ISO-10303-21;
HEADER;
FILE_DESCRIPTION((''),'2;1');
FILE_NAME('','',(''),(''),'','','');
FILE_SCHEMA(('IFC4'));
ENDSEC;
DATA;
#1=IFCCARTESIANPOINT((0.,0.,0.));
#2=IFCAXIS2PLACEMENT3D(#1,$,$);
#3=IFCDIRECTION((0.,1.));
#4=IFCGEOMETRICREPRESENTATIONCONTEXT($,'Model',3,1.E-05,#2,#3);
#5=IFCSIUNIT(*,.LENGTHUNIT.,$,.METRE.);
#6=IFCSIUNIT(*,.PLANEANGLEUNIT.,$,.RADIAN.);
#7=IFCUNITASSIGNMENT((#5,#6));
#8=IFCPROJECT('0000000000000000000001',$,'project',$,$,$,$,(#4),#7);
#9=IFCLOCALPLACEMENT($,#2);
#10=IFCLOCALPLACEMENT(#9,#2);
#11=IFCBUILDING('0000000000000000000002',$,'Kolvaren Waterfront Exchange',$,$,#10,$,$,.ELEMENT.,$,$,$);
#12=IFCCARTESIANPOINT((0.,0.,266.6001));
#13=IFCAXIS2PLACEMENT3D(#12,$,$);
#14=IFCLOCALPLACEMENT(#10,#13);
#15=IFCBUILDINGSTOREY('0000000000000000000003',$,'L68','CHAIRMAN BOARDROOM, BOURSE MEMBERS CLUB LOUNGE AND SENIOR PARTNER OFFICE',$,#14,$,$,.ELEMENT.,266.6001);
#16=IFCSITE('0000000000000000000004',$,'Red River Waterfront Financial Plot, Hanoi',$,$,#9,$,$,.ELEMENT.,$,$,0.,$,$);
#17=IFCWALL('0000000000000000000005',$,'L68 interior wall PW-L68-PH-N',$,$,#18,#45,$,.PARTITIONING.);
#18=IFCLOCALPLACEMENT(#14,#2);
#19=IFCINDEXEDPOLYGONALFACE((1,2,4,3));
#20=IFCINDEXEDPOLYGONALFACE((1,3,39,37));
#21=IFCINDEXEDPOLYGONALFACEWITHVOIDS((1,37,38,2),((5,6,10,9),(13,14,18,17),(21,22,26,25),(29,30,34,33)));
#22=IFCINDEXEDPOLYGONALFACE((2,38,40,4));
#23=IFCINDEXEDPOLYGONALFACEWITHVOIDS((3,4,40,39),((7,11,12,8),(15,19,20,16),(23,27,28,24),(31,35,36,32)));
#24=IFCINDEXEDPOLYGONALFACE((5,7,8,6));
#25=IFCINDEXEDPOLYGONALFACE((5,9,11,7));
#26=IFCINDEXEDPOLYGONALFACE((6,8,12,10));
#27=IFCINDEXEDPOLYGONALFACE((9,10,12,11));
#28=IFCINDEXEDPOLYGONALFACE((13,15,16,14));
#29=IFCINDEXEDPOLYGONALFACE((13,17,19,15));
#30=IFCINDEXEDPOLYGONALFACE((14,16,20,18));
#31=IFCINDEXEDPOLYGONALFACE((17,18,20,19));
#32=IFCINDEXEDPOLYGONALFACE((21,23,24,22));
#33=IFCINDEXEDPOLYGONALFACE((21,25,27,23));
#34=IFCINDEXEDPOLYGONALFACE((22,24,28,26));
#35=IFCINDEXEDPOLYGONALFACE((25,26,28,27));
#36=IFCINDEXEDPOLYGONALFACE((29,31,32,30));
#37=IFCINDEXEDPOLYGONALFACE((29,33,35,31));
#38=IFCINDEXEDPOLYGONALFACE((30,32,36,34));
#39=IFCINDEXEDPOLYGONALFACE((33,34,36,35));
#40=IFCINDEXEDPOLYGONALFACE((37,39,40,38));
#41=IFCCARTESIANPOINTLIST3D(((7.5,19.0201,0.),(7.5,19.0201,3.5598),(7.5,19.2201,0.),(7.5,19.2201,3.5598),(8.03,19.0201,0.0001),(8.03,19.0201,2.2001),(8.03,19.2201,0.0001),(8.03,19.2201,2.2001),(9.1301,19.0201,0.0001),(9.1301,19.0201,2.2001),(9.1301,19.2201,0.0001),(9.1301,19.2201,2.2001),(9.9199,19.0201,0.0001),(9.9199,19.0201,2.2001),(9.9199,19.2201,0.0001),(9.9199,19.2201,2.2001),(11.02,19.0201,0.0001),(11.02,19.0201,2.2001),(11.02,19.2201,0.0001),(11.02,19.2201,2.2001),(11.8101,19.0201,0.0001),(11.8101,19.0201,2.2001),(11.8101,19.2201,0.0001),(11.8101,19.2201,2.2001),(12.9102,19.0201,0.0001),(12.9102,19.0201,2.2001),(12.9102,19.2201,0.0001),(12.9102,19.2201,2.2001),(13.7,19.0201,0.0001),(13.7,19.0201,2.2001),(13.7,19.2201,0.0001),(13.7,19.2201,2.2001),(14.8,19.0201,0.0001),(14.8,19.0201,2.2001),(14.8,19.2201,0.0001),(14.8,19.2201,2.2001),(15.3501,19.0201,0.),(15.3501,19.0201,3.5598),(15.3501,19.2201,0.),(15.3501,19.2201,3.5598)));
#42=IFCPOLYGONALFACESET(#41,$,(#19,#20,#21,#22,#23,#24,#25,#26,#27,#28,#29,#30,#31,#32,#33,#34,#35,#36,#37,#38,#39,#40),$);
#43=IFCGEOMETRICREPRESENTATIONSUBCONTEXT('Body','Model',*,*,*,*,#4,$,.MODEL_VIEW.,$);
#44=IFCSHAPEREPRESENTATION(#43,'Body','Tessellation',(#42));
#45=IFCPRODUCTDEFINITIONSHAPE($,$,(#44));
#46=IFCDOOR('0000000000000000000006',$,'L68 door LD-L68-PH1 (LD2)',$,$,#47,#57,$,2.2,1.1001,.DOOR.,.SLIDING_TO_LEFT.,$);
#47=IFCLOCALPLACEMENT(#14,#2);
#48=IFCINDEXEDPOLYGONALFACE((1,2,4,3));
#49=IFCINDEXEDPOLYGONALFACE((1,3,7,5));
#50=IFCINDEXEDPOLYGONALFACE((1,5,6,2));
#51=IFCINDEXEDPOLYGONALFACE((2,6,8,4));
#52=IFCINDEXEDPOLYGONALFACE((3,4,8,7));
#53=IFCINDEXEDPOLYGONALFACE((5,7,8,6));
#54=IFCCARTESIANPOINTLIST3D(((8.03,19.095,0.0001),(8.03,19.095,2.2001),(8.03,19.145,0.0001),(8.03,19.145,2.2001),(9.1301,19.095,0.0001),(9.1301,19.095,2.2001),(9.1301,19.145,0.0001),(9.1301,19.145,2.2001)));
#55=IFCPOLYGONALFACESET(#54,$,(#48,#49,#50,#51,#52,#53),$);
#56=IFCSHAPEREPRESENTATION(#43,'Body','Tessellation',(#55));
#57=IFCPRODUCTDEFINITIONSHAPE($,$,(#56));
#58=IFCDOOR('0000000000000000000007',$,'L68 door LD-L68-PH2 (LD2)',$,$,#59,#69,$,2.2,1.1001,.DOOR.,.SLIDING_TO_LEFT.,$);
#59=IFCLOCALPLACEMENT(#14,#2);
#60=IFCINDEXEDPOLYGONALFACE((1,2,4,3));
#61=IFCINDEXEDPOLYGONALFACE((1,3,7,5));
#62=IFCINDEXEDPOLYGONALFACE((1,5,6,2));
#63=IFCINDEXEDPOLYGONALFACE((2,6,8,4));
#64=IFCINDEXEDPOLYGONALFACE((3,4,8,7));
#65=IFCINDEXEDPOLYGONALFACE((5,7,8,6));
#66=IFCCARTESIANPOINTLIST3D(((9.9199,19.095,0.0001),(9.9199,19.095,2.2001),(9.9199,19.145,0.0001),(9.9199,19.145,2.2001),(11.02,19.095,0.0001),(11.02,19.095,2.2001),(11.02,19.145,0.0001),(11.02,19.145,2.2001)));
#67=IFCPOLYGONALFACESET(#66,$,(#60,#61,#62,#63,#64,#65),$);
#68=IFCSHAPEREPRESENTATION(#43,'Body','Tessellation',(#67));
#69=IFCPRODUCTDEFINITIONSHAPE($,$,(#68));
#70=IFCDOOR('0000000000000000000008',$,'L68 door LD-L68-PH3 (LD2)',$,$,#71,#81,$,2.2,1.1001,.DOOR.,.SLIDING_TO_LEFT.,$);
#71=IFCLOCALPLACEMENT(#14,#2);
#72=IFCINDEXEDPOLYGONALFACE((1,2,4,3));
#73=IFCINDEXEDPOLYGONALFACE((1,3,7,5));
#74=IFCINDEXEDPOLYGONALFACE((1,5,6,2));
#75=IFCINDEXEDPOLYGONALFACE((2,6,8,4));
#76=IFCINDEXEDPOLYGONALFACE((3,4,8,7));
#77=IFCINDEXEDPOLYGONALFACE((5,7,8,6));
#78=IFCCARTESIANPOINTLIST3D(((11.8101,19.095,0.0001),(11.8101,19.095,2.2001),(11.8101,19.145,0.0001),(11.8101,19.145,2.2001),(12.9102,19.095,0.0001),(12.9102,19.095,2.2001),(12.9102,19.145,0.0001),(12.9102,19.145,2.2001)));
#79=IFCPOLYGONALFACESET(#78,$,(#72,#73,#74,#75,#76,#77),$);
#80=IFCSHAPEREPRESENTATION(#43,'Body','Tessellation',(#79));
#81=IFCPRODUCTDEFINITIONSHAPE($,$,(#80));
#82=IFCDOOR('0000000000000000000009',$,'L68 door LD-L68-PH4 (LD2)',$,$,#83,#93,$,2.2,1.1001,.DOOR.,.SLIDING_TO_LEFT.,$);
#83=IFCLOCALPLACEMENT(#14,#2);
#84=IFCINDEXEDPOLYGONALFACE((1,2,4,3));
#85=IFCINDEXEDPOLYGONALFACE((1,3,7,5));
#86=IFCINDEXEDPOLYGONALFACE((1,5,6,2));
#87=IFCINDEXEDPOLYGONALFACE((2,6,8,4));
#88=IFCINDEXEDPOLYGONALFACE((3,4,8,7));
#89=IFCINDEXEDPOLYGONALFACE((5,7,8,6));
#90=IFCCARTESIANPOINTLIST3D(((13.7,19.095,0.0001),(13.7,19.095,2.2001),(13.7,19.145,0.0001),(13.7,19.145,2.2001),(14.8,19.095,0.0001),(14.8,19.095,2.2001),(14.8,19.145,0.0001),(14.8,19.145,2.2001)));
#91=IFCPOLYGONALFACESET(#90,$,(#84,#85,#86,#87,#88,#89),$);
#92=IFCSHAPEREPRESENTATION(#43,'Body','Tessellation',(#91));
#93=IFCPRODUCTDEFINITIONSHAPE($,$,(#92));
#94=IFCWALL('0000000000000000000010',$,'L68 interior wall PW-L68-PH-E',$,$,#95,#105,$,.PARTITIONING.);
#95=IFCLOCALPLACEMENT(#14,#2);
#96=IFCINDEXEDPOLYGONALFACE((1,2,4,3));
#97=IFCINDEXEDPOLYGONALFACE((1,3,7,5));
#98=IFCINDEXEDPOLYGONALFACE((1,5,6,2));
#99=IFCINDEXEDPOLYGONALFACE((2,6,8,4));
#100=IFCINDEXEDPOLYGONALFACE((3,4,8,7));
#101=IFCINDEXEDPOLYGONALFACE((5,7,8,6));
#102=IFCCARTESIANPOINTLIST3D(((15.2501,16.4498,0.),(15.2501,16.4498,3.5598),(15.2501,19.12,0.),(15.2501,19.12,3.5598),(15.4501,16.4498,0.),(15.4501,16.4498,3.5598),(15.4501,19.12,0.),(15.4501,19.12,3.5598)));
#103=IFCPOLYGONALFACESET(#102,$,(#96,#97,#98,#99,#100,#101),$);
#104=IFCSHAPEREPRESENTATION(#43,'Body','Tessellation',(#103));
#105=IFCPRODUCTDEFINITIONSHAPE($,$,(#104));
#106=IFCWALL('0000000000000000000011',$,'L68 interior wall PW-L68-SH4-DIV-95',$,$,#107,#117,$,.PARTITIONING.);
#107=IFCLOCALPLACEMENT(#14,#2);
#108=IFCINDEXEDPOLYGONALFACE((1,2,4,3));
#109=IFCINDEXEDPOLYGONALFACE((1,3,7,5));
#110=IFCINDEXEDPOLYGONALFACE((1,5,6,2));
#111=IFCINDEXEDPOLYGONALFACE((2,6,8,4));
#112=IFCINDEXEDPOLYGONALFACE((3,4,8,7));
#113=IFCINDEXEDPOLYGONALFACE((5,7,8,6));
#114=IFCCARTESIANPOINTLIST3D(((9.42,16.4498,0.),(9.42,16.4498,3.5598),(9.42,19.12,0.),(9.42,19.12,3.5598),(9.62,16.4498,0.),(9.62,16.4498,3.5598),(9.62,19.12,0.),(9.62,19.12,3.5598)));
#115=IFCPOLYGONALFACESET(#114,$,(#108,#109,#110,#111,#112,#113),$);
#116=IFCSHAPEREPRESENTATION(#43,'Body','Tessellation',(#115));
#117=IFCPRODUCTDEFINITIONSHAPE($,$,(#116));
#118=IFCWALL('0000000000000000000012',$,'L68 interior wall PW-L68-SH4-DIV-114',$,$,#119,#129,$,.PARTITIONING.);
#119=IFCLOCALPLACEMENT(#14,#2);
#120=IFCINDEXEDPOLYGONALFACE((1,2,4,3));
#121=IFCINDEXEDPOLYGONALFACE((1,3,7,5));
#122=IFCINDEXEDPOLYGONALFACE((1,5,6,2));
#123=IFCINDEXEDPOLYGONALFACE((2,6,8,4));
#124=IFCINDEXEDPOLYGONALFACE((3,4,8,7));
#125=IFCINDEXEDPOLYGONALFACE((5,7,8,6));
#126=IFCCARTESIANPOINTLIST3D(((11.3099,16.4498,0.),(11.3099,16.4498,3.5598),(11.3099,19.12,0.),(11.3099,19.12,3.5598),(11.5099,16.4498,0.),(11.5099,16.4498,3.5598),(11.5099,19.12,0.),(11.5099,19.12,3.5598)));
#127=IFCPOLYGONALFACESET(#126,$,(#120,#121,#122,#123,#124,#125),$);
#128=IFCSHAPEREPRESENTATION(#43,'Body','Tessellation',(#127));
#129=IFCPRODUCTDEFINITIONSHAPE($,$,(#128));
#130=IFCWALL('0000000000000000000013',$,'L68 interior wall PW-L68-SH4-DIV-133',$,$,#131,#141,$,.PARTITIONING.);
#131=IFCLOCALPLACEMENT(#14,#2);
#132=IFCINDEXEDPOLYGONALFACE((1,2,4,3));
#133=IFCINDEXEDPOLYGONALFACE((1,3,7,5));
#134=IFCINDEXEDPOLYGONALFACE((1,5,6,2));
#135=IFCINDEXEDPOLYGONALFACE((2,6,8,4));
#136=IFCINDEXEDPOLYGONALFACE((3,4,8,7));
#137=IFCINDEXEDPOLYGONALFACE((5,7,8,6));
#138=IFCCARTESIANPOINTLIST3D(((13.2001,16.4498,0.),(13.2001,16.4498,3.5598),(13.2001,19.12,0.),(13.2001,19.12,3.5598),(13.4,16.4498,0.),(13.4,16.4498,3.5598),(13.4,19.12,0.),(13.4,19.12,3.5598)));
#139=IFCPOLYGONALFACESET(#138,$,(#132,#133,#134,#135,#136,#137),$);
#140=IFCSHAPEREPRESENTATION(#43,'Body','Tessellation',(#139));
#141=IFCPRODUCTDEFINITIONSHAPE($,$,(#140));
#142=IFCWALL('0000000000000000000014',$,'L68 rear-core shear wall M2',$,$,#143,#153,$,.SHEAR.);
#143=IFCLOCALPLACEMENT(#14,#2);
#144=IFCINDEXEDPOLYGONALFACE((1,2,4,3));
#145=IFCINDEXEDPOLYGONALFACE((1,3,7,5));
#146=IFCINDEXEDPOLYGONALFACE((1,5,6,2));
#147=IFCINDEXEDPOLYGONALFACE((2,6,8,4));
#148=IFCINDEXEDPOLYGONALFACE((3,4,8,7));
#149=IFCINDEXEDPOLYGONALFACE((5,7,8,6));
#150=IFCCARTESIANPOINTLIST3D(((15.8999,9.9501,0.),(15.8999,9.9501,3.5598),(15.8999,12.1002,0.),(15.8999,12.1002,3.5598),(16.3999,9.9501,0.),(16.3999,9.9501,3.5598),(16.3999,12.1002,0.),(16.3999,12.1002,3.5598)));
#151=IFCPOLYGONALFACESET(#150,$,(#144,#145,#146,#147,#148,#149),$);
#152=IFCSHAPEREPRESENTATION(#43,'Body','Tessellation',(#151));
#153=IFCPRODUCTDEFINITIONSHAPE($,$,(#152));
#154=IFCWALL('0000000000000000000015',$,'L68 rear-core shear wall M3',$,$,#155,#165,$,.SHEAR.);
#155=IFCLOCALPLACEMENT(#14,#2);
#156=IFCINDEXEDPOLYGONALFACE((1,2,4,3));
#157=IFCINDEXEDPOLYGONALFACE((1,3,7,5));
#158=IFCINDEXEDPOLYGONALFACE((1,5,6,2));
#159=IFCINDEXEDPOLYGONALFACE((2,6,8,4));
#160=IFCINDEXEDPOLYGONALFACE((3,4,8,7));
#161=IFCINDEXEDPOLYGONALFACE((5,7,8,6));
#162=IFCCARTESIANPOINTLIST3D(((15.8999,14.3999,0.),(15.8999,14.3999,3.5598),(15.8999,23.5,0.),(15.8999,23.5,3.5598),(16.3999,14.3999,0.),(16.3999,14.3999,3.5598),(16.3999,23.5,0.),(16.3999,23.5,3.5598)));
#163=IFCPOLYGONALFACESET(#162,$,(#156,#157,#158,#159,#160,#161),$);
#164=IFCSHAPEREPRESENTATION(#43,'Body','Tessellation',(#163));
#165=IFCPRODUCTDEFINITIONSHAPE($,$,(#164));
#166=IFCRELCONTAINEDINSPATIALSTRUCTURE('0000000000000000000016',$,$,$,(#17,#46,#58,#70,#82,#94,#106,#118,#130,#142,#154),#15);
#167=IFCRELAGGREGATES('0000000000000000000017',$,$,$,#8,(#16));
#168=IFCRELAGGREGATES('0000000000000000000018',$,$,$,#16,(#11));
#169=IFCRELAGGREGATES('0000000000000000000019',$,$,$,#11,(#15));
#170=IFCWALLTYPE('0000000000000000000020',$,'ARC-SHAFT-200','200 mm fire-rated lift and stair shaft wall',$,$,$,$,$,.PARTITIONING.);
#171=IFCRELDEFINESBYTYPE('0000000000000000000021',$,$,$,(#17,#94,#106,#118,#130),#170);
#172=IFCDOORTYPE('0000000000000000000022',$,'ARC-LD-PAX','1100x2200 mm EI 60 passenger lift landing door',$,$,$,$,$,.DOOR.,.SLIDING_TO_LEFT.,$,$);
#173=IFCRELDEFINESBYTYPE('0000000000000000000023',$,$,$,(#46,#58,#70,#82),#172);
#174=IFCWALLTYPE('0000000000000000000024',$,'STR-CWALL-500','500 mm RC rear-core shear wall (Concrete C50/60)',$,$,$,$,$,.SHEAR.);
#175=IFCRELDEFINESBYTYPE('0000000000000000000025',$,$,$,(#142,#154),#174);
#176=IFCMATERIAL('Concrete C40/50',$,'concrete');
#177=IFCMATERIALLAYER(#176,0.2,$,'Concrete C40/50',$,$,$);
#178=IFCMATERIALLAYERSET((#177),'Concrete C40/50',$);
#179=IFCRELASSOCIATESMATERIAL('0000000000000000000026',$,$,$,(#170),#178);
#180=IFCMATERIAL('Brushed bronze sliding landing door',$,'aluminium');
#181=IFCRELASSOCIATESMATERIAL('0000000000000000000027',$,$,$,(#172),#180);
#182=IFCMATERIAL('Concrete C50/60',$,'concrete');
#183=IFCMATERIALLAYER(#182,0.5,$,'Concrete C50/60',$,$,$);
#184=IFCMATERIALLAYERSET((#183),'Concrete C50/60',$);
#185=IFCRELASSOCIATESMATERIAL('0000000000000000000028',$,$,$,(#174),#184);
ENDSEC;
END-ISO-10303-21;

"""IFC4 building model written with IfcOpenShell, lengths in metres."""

from ifc_helpers import new_model, si_unit, direction, frame, frame_2d, origin, place, context, subcontext, project, spatial, rectangle, extrude, material, layer, layer_set, type_object, element, fill, save


model = new_model("IFC4")

# Units and contexts
model_context = context("Model", 3, precision=1e-05, world=origin(), true_north=direction((0.0, 1.0)))
body_context = subcontext(model_context, "Body", "Model", "MODEL_VIEW")
ifc_project = project(units=[si_unit("LENGTHUNIT", "METRE"), si_unit("PLANEANGLEUNIT", "RADIAN")], contexts=[model_context])

# Site, building, storey
site_placement = place(None, origin())
site = spatial("IfcSite", under=ifc_project, at=site_placement, Name="Red River Waterfront Financial Plot, Hanoi", CompositionType="ELEMENT", RefElevation=0.0)
building_placement = place(site_placement, origin())
building = spatial("IfcBuilding", under=site, at=building_placement, Name="Kolvaren Waterfront Exchange", CompositionType="ELEMENT")
storey_placement = place(building_placement, frame((0.0, 0.0, 266.6001)))
storey = spatial("IfcBuildingStorey", under=building, at=storey_placement, Name="L68", Description="CHAIRMAN BOARDROOM, BOURSE MEMBERS CLUB LOUNGE AND SENIOR PARTNER OFFICE", CompositionType="ELEMENT", Elevation=266.6001)

# Shared definitions
ifc_material_1 = material(Name="Concrete C40/50", Category="concrete")
ifc_layer_1 = layer(ifc_material_1, 0.2, Name="Concrete C40/50")
ifc_layer_set_1 = layer_set([ifc_layer_1], Name="Concrete C40/50")
wall_type_1 = type_object("IfcWallType", Name="ARC-SHAFT-200", Description="200 mm fire-rated lift and stair shaft wall", PredefinedType="PARTITIONING", material=ifc_layer_set_1)

# Wall, openings, doors
wall_1_placement = place(storey_placement, frame((7.5, 19.1201, 0.0), z_axis=(0.0, 0.0, 1.0), x_axis=(1.0, 0.0, 0.0)))
wall_1 = element("IfcWall", 1, at=wall_1_placement, inside=storey, type_object=wall_type_1, Name="L68 interior wall PW-L68-PH-N", PredefinedType="PARTITIONING", context=body_context, shape_type="SweptSolid", body=[
    extrude(rectangle(XDim=7.8501, YDim=0.2, at=frame_2d((3.925, 0.0))), origin(), (0.0, 0.0, 1.0), 3.5598),
])
opening_1_placement = place(wall_1_placement, frame((0.53, 0.0, 0.0)))
opening_1 = element("IfcOpeningElement", 2, at=opening_1_placement, cuts=wall_1, PredefinedType="OPENING", context=body_context, shape_type="SweptSolid", body=[
    extrude(rectangle(XDim=1.1001, YDim=2.2, at=frame_2d((0.55, 1.1001))), frame((0.0, 0.1099, 0.0), z_axis=(0.0, -1.0, 0.0), x_axis=(1.0, 0.0, 0.0)), (0.0, 0.0, 1.0), 0.22),
])
opening_2_placement = place(wall_1_placement, frame((2.4199, 0.0, 0.0)))
opening_2 = element("IfcOpeningElement", 3, at=opening_2_placement, cuts=wall_1, PredefinedType="OPENING", context=body_context, shape_type="SweptSolid", body=[
    extrude(rectangle(XDim=1.1001, YDim=2.2, at=frame_2d((0.55, 1.1001))), frame((0.0, 0.1099, 0.0), z_axis=(0.0, -1.0, 0.0), x_axis=(1.0, 0.0, 0.0)), (0.0, 0.0, 1.0), 0.22),
])
opening_3_placement = place(wall_1_placement, frame((4.3101, 0.0, 0.0)))
opening_3 = element("IfcOpeningElement", 4, at=opening_3_placement, cuts=wall_1, PredefinedType="OPENING", context=body_context, shape_type="SweptSolid", body=[
    extrude(rectangle(XDim=1.1001, YDim=2.2, at=frame_2d((0.55, 1.1001))), frame((0.0, 0.1099, 0.0), z_axis=(0.0, -1.0, 0.0), x_axis=(1.0, 0.0, 0.0)), (0.0, 0.0, 1.0), 0.22),
])
opening_4_placement = place(wall_1_placement, frame((6.2, 0.0, 0.0)))
opening_4 = element("IfcOpeningElement", 5, at=opening_4_placement, cuts=wall_1, PredefinedType="OPENING", context=body_context, shape_type="SweptSolid", body=[
    extrude(rectangle(XDim=1.1001, YDim=2.2, at=frame_2d((0.55, 1.1001))), frame((0.0, 0.1099, 0.0), z_axis=(0.0, -1.0, 0.0), x_axis=(1.0, 0.0, 0.0)), (0.0, 0.0, 1.0), 0.22),
])
ifc_material_2 = material(Name="Brushed bronze sliding landing door", Category="aluminium")
door_type_1 = type_object("IfcDoorType", Name="ARC-LD-PAX", Description="1100x2200 mm EI 60 passenger lift landing door", OperationType="SLIDING_TO_LEFT", PredefinedType="DOOR", material=ifc_material_2)
door_1_placement = place(opening_1_placement, origin())
door_1 = element("IfcDoor", 6, at=door_1_placement, inside=storey, type_object=door_type_1, Name="L68 door LD-L68-PH1 (LD2)", OperationType="SLIDING_TO_LEFT", OverallHeight=2.2, OverallWidth=1.1001, PredefinedType="DOOR", context=body_context, shape_type="SweptSolid", body=[
    extrude(rectangle(XDim=1.1001, YDim=2.2, at=frame_2d((0.55, 1.1001))), frame((0.0, 0.0249, 0.0), z_axis=(0.0, -1.0, 0.0), x_axis=(1.0, 0.0, 0.0)), (0.0, 0.0, 1.0), 0.05),
])
fill(opening_1, door_1)
door_2_placement = place(opening_2_placement, origin())
door_2 = element("IfcDoor", 7, at=door_2_placement, inside=storey, type_object=door_type_1, Name="L68 door LD-L68-PH2 (LD2)", OperationType="SLIDING_TO_LEFT", OverallHeight=2.2, OverallWidth=1.1001, PredefinedType="DOOR", context=body_context, shape_type="SweptSolid", body=[
    extrude(rectangle(XDim=1.1001, YDim=2.2, at=frame_2d((0.55, 1.1001))), frame((0.0, 0.0249, 0.0), z_axis=(0.0, -1.0, 0.0), x_axis=(1.0, 0.0, 0.0)), (0.0, 0.0, 1.0), 0.05),
])
fill(opening_2, door_2)
door_3_placement = place(opening_3_placement, origin())
door_3 = element("IfcDoor", 8, at=door_3_placement, inside=storey, type_object=door_type_1, Name="L68 door LD-L68-PH3 (LD2)", OperationType="SLIDING_TO_LEFT", OverallHeight=2.2, OverallWidth=1.1001, PredefinedType="DOOR", context=body_context, shape_type="SweptSolid", body=[
    extrude(rectangle(XDim=1.1001, YDim=2.2, at=frame_2d((0.55, 1.1001))), frame((0.0, 0.0249, 0.0), z_axis=(0.0, -1.0, 0.0), x_axis=(1.0, 0.0, 0.0)), (0.0, 0.0, 1.0), 0.05),
])
fill(opening_3, door_3)
door_4_placement = place(opening_4_placement, origin())
door_4 = element("IfcDoor", 9, at=door_4_placement, inside=storey, type_object=door_type_1, Name="L68 door LD-L68-PH4 (LD2)", OperationType="SLIDING_TO_LEFT", OverallHeight=2.2, OverallWidth=1.1001, PredefinedType="DOOR", context=body_context, shape_type="SweptSolid", body=[
    extrude(rectangle(XDim=1.1001, YDim=2.2, at=frame_2d((0.55, 1.1001))), frame((0.0, 0.0249, 0.0), z_axis=(0.0, -1.0, 0.0), x_axis=(1.0, 0.0, 0.0)), (0.0, 0.0, 1.0), 0.05),
])
fill(opening_4, door_4)

# Walls
for number, where, z_axis, x_axis, name in (
    (10, (15.3501, 16.45, 0.0), (0.0, 0.0, 1.0), (0.0, 1.0, 0.0), "L68 interior wall PW-L68-PH-E"),
    (11, (9.52, 16.45, 0.0), (0.0, 0.0, 1.0), (0.0, 1.0, 0.0), "L68 interior wall PW-L68-SH4-DIV-95"),
    (12, (11.4099, 16.45, 0.0), (0.0, 0.0, 1.0), (0.0, 1.0, 0.0), "L68 interior wall PW-L68-SH4-DIV-114"),
    (13, (13.3, 16.45, 0.0), (0.0, 0.0, 1.0), (0.0, 1.0, 0.0), "L68 interior wall PW-L68-SH4-DIV-133"),
):
    element("IfcWall", number, at=place(storey_placement, frame(where, z_axis=z_axis, x_axis=x_axis)), inside=storey, type_object=wall_type_1, Name=name, PredefinedType="PARTITIONING", context=body_context, shape_type="SweptSolid", body=[
        extrude(rectangle(XDim=2.6702, YDim=0.2, at=frame_2d((1.335, 0.0))), origin(), (0.0, 0.0, 1.0), 3.5598),
    ])
ifc_material_3 = material(Name="Concrete C50/60", Category="concrete")
ifc_layer_2 = layer(ifc_material_3, 0.5, Name="Concrete C50/60")
ifc_layer_set_2 = layer_set([ifc_layer_2], Name="Concrete C50/60")
wall_type_2 = type_object("IfcWallType", Name="STR-CWALL-500", Description="500 mm RC rear-core shear wall (Concrete C50/60)", PredefinedType="SHEAR", material=ifc_layer_set_2)
wall_2_placement = place(storey_placement, frame((16.1499, 9.95, 0.0), z_axis=(0.0, 0.0, 1.0), x_axis=(0.0, 1.0, 0.0)))
element("IfcWall", 14, at=wall_2_placement, inside=storey, type_object=wall_type_2, Name="L68 rear-core shear wall M2", PredefinedType="SHEAR", context=body_context, shape_type="SweptSolid", body=[
    extrude(rectangle(XDim=2.1501, YDim=0.5, at=frame_2d((1.0752, 0.0))), origin(), (0.0, 0.0, 1.0), 3.5598),
])
wall_3_placement = place(storey_placement, frame((16.1499, 14.3999, 0.0), z_axis=(0.0, 0.0, 1.0), x_axis=(0.0, 1.0, 0.0)))
element("IfcWall", 15, at=wall_3_placement, inside=storey, type_object=wall_type_2, Name="L68 rear-core shear wall M3", PredefinedType="SHEAR", context=body_context, shape_type="SweptSolid", body=[
    extrude(rectangle(XDim=9.1001, YDim=0.5, at=frame_2d((4.55, 0.0))), origin(), (0.0, 0.0, 1.0), 3.5598),
])

save(model, "model.ifc")
